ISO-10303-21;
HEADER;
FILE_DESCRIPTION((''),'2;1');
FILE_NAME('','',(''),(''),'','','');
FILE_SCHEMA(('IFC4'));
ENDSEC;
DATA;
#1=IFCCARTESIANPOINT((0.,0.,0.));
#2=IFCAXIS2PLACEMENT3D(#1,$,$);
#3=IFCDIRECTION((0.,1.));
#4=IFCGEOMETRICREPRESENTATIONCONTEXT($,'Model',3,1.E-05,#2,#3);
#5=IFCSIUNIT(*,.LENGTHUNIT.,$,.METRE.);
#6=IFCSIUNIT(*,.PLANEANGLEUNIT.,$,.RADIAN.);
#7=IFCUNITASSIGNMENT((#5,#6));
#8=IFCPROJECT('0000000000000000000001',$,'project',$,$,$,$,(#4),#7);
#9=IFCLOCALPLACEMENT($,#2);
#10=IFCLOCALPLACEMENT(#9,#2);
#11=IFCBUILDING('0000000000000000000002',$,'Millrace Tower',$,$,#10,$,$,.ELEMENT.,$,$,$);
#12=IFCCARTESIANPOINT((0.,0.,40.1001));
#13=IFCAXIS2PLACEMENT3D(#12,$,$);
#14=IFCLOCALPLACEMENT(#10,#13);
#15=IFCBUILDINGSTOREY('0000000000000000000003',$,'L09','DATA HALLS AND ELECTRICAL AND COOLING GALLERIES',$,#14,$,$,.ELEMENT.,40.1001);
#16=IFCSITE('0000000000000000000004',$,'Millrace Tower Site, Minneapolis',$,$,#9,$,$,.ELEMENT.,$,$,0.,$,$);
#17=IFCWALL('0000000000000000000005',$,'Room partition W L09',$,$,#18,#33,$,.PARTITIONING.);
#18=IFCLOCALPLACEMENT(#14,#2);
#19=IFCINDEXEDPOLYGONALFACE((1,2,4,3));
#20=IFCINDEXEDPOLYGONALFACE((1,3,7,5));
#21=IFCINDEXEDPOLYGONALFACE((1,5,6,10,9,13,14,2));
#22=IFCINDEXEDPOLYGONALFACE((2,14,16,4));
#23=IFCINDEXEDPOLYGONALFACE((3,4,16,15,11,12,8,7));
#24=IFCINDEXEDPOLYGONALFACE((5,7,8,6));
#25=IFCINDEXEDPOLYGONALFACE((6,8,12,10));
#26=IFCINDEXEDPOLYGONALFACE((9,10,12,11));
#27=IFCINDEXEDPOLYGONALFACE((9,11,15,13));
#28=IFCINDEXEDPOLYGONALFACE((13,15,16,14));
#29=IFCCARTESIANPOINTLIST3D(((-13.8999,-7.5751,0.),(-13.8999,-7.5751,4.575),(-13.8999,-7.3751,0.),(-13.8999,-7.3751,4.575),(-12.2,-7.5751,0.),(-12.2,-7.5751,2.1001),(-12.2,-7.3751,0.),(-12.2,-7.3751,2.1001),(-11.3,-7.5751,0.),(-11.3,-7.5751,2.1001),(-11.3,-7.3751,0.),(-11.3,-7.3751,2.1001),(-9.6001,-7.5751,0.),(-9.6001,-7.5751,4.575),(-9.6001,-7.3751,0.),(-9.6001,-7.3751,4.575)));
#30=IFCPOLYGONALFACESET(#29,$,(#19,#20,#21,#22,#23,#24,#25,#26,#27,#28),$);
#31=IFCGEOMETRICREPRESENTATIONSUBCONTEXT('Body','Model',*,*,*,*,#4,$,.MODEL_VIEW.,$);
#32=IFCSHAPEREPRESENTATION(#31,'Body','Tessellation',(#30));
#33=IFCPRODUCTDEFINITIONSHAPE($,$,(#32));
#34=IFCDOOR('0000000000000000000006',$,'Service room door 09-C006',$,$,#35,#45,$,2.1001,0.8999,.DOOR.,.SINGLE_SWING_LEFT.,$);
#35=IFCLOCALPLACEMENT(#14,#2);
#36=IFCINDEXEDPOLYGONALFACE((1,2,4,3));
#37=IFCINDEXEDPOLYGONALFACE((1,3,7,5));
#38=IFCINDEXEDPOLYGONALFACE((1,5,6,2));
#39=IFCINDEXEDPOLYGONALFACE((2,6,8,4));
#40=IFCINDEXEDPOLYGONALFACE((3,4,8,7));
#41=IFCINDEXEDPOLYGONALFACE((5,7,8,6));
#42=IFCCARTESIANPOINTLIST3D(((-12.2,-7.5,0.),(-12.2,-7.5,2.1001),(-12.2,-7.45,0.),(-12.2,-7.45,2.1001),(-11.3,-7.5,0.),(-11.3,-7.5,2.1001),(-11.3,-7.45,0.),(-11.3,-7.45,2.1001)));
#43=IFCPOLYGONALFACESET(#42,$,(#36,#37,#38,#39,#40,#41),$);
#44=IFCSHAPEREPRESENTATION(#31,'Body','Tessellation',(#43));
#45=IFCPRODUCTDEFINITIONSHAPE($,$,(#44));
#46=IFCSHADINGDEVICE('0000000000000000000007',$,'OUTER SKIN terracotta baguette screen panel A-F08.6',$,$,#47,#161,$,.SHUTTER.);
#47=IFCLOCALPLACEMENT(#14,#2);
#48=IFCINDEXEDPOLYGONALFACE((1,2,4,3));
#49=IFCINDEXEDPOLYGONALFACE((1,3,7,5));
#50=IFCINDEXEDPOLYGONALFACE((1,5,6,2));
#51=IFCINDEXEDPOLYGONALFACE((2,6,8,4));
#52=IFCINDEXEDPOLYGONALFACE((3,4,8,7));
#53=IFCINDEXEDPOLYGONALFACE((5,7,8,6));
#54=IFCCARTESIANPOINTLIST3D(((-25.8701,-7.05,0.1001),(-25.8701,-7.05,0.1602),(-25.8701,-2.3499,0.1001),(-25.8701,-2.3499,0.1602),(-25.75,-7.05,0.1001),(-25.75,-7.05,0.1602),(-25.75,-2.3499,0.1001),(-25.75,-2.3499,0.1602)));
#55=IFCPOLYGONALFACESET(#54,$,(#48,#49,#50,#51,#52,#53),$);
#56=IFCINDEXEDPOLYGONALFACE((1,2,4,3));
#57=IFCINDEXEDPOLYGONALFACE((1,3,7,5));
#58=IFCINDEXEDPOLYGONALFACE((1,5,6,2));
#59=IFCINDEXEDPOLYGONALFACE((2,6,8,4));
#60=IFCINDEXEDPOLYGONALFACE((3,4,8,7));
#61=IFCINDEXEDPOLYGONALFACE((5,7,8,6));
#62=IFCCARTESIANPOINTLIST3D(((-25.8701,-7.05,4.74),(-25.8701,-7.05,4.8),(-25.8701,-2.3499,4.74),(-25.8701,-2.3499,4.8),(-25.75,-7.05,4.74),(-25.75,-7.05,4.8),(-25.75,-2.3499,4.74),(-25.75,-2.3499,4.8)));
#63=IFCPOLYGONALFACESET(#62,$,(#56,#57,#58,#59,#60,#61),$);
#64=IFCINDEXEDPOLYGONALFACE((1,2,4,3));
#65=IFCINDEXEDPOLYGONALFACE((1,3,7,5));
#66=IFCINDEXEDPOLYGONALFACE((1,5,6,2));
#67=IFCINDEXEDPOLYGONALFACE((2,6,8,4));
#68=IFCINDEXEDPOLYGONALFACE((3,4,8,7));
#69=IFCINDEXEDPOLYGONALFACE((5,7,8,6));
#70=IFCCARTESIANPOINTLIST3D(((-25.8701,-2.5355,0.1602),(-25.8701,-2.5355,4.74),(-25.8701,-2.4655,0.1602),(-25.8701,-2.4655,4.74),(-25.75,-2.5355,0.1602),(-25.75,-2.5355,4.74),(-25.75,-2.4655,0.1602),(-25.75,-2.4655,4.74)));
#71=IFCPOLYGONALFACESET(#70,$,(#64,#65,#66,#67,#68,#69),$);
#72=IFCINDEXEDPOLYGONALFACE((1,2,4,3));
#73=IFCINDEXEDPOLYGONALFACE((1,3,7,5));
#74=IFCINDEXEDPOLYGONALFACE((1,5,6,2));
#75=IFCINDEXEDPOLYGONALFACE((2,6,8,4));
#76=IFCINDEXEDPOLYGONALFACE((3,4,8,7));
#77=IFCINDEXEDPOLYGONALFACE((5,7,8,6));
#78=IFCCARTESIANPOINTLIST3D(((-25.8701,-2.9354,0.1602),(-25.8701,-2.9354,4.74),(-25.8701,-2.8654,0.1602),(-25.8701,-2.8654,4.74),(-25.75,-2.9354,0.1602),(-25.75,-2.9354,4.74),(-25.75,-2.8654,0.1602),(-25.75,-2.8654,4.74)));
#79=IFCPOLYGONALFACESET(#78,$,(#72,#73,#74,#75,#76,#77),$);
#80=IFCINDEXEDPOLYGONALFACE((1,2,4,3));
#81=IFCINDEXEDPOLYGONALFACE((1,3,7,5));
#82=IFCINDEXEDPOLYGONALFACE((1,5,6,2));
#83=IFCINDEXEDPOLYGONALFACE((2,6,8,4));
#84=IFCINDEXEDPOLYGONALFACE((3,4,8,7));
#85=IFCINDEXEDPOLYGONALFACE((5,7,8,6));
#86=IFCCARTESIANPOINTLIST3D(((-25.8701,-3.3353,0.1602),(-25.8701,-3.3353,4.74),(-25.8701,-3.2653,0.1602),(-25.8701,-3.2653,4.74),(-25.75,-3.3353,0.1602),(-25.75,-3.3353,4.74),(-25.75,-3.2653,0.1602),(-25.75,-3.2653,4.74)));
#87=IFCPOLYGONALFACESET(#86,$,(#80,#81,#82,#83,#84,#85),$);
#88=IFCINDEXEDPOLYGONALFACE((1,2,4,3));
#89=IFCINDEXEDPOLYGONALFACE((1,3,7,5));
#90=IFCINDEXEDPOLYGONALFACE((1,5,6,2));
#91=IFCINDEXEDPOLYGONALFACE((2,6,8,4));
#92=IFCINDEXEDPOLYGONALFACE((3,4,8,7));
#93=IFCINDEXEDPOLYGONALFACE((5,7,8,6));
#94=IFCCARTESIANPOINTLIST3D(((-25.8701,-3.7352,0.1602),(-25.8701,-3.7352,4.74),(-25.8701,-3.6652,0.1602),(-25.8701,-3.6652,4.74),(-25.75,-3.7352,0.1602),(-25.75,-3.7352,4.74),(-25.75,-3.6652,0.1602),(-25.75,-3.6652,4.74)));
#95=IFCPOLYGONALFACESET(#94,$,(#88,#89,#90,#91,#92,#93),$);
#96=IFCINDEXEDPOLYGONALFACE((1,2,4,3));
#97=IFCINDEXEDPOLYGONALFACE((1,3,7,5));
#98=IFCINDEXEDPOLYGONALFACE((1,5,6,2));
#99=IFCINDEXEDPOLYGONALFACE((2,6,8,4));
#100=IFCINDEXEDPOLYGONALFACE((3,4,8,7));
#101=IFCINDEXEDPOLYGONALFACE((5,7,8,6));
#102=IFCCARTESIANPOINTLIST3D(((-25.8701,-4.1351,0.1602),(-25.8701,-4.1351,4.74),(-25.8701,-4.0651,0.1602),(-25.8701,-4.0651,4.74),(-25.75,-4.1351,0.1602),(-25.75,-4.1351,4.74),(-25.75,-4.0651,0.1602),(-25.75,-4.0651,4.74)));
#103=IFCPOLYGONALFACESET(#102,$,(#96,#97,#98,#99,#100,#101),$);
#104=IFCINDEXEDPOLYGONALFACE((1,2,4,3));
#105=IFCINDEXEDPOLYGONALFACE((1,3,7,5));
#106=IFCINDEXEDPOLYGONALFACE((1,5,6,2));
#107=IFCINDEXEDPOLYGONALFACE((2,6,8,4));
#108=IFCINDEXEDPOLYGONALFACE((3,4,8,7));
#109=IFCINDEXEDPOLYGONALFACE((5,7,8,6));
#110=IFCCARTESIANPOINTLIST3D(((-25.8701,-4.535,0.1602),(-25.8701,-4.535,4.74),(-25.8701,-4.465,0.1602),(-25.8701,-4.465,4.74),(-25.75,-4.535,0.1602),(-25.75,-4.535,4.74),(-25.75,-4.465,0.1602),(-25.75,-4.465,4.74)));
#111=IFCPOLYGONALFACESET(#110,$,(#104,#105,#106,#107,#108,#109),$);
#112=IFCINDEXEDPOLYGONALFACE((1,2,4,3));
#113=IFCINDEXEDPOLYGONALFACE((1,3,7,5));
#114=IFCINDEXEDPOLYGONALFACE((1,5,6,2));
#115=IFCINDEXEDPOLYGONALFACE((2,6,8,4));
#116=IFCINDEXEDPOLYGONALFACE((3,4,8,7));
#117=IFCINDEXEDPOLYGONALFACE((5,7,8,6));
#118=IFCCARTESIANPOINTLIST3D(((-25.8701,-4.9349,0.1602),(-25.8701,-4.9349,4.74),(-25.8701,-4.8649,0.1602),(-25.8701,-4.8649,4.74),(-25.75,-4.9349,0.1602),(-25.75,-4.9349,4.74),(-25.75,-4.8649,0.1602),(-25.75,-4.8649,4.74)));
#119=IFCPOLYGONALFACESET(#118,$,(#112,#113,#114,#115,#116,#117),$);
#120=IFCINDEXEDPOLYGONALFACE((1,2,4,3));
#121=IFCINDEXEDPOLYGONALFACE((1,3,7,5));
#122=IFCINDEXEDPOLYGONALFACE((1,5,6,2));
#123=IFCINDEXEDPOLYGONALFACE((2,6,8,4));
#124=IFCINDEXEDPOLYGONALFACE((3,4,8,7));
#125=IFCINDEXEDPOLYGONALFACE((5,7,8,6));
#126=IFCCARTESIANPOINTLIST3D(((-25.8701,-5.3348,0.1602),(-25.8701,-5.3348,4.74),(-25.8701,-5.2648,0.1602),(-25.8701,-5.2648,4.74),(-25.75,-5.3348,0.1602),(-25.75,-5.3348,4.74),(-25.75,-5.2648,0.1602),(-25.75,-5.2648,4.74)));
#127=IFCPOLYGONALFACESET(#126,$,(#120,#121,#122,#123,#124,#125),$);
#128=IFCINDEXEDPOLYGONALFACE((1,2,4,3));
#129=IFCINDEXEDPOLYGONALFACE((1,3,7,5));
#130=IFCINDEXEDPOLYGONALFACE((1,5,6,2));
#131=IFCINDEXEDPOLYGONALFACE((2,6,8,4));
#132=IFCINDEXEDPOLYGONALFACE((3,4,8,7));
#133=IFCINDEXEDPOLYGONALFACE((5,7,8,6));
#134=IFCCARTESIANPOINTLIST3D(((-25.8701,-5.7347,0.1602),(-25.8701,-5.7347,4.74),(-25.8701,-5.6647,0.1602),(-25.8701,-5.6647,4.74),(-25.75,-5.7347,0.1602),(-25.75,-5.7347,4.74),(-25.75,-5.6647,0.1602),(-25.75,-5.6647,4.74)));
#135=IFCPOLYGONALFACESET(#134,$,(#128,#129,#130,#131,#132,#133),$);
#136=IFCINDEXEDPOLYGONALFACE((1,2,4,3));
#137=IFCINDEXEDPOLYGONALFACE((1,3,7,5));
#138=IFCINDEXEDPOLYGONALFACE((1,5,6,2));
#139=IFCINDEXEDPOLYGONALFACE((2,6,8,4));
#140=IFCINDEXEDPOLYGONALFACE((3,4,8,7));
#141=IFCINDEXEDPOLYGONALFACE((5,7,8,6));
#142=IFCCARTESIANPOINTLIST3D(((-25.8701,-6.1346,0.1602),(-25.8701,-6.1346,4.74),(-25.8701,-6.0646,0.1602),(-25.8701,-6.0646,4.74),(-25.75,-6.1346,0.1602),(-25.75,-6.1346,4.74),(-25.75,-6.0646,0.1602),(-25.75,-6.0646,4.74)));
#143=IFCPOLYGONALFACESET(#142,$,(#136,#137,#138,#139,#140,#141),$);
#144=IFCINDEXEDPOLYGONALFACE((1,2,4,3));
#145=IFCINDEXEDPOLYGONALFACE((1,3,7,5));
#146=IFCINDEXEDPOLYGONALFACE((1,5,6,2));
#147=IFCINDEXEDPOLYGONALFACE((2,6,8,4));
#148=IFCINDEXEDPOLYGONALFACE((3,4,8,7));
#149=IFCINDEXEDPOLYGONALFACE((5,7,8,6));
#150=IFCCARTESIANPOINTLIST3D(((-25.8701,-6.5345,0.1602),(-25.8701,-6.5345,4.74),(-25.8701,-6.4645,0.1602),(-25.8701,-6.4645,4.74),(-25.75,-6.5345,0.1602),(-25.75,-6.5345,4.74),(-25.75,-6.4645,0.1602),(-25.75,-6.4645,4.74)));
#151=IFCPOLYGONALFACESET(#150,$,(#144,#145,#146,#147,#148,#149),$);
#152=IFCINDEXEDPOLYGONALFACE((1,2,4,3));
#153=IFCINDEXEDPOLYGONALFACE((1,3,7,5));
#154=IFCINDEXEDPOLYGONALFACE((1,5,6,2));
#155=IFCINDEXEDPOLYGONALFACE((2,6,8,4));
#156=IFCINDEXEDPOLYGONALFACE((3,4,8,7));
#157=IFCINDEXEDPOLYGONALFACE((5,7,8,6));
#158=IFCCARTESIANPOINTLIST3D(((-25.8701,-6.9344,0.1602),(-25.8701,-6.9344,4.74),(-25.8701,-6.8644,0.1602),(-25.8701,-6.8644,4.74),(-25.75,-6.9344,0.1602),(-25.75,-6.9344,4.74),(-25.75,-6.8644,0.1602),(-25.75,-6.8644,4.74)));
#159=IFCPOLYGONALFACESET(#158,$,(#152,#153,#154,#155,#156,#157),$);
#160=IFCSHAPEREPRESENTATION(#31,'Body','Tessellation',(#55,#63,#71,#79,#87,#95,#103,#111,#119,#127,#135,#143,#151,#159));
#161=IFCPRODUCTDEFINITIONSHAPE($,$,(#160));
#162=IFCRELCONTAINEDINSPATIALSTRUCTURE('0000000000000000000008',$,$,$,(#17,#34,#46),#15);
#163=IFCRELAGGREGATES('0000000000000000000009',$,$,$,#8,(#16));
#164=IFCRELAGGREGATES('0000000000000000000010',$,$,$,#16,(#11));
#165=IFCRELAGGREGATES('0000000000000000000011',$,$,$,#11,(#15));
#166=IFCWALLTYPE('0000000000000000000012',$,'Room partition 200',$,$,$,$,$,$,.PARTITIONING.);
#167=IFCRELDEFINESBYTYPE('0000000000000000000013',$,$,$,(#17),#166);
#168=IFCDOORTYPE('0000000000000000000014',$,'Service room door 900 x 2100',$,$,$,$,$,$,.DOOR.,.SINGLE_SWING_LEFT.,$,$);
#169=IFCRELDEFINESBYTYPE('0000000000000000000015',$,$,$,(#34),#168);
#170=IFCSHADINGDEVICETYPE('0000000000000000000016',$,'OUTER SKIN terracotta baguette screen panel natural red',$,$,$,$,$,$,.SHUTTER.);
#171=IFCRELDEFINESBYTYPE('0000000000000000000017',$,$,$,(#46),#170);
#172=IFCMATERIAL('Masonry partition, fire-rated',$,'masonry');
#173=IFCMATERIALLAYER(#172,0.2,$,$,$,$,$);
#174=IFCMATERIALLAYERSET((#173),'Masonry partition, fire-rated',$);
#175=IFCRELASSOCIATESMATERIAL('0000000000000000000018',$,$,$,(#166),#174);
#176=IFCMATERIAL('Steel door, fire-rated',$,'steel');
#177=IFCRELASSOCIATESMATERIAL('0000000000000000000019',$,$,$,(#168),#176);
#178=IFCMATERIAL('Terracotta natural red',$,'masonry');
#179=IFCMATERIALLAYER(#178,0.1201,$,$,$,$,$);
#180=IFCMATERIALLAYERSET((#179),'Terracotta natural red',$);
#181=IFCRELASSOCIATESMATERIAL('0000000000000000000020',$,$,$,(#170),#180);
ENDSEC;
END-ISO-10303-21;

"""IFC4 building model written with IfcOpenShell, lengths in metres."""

from ifc_helpers import new_model, entity, si_unit, direction, frame, frame_2d, origin, place, context, subcontext, project, spatial, rectangle, extrude, source, transform, mapped, material, layer, layer_set, type_object, element, fill, save


model = new_model("IFC4")

# Units and contexts
model_context = context("Model", 3, precision=1e-05, world=origin(), true_north=direction((0.0, 1.0)))
body_context = subcontext(model_context, "Body", "Model", "MODEL_VIEW")
ifc_project = project(units=[si_unit("LENGTHUNIT", "METRE"), si_unit("PLANEANGLEUNIT", "RADIAN")], contexts=[model_context])

# Site, building, storey
site_placement = place(None, origin())
site = spatial("IfcSite", under=ifc_project, at=site_placement, Name="Millrace Tower Site, Minneapolis", CompositionType="ELEMENT", RefElevation=0.0)
building_placement = place(site_placement, origin())
building = spatial("IfcBuilding", under=site, at=building_placement, Name="Millrace Tower", CompositionType="ELEMENT")
storey_placement = place(building_placement, frame((0.0, 0.0, 40.1001)))
storey = spatial("IfcBuildingStorey", under=building, at=storey_placement, Name="L09", Description="DATA HALLS AND ELECTRICAL AND COOLING GALLERIES", CompositionType="ELEMENT", Elevation=40.1001)

# Wall, opening, door
ifc_material_1 = material(Name="Masonry partition, fire-rated", Category="masonry")
ifc_layer_1 = layer(ifc_material_1, 0.2)
ifc_layer_set_1 = layer_set([ifc_layer_1], Name="Masonry partition, fire-rated")
wall_type_1 = type_object("IfcWallType", Name="Room partition 200", PredefinedType="PARTITIONING", material=ifc_layer_set_1)
wall_1_placement = place(storey_placement, frame((-13.8999, -7.4751, 0.0), z_axis=(0.0, 0.0, 1.0), x_axis=(1.0, 0.0, 0.0)))
wall_1 = element("IfcWall", 1, at=wall_1_placement, inside=storey, type_object=wall_type_1, Name="Room partition W L09", PredefinedType="PARTITIONING", context=body_context, shape_type="SweptSolid", body=[
    extrude(rectangle(XDim=4.2998, YDim=0.2, at=frame_2d((2.1499, 0.0))), origin(), (0.0, 0.0, 1.0), 4.575),
])
opening_1_placement = place(wall_1_placement, frame((1.7, 0.0, 0.0)))
opening_1 = element("IfcOpeningElement", 2, at=opening_1_placement, cuts=wall_1, PredefinedType="OPENING", context=body_context, shape_type="SweptSolid", body=[
    extrude(rectangle(XDim=0.8999, YDim=2.1001, at=frame_2d((0.45, 1.05))), frame((0.0, 0.1099, 0.0), z_axis=(0.0, -1.0, 0.0), x_axis=(1.0, 0.0, 0.0)), (0.0, 0.0, 1.0), 0.22),
])
ifc_material_2 = material(Name="Steel door, fire-rated", Category="steel")
door_type_1 = type_object("IfcDoorType", Name="Service room door 900 x 2100", OperationType="SINGLE_SWING_LEFT", PredefinedType="DOOR", material=ifc_material_2)
door_1_placement = place(opening_1_placement, frame((0.8999, 0.0, 0.0), z_axis=(0.0, 0.0, 1.0), x_axis=(-1.0, 0.0, 0.0)))
door_1 = element("IfcDoor", 3, at=door_1_placement, inside=storey, type_object=door_type_1, Name="Service room door 09-C006", OperationType="SINGLE_SWING_LEFT", OverallHeight=2.1001, OverallWidth=0.8999, PredefinedType="DOOR", context=body_context, shape_type="SweptSolid", body=[
    extrude(rectangle(XDim=0.8999, YDim=2.1001, at=frame_2d((0.45, 1.05))), frame((0.0, 0.0249, 0.0), z_axis=(0.0, -1.0, 0.0), x_axis=(1.0, 0.0, 0.0)), (0.0, 0.0, 1.0), 0.05),
])
fill(opening_1, door_1)

# Shading device
cartesian_point = entity("IfcCartesianPoint", [-2.3501, 0.0601])
shared_polyline = entity("IfcPolyline", [cartesian_point, entity("IfcCartesianPoint", [2.3501, 0.0601]), entity("IfcCartesianPoint", [2.3501, -0.0601]), entity("IfcCartesianPoint", [-2.3501, -0.0601]), cartesian_point])
ifc_material_3 = material(Name="Terracotta natural red", Category="masonry")
ifc_layer_2 = layer(ifc_material_3, 0.1201)
ifc_layer_set_2 = layer_set([ifc_layer_2], Name="Terracotta natural red")
shading_device_type_1 = type_object("IfcShadingDeviceType", Name="OUTER SKIN terracotta baguette screen panel natural red", PredefinedType="SHUTTER", material=ifc_layer_set_2)
shared_shape_1 = source(origin(), body_context, "Body", "SweptSolid", [
    entity("IfcExtrudedAreaSolid", entity("IfcArbitraryClosedProfileDef", "AREA", None, shared_polyline), entity("IfcAxis2Placement3D", entity("IfcCartesianPoint", [0.0, 0.0, 0.0])), entity("IfcDirection", [0.0, 0.0, 1.0]), 0.0601),
    entity("IfcExtrudedAreaSolid", entity("IfcArbitraryClosedProfileDef", "AREA", None, shared_polyline), entity("IfcAxis2Placement3D", entity("IfcCartesianPoint", [0.0, 0.0, 4.6399])), entity("IfcDirection", [0.0, 0.0, 1.0]), 0.0601),
    extrude(rectangle(XDim=0.0701, YDim=0.1201, at=frame_2d((-2.1995, 0.0))), frame((0.0, 0.0, 0.0601)), (0.0, 0.0, 1.0), 4.5798),
    extrude(rectangle(XDim=0.0701, YDim=0.1201, at=frame_2d((-1.7996, 0.0))), frame((0.0, 0.0, 0.0601)), (0.0, 0.0, 1.0), 4.5798),
    extrude(rectangle(XDim=0.0701, YDim=0.1201, at=frame_2d((-1.3997, 0.0))), frame((0.0, 0.0, 0.0601)), (0.0, 0.0, 1.0), 4.5798),
    extrude(rectangle(XDim=0.0701, YDim=0.1201, at=frame_2d((-0.9998, 0.0))), frame((0.0, 0.0, 0.0601)), (0.0, 0.0, 1.0), 4.5798),
    extrude(rectangle(XDim=0.0701, YDim=0.1201, at=frame_2d((-0.5999, 0.0))), frame((0.0, 0.0, 0.0601)), (0.0, 0.0, 1.0), 4.5798),
    extrude(rectangle(XDim=0.0701, YDim=0.1201, at=frame_2d((-0.2, 0.0))), frame((0.0, 0.0, 0.0601)), (0.0, 0.0, 1.0), 4.5798),
    extrude(rectangle(XDim=0.0701, YDim=0.1201, at=frame_2d((0.2, 0.0))), frame((0.0, 0.0, 0.0601)), (0.0, 0.0, 1.0), 4.5798),
    extrude(rectangle(XDim=0.0701, YDim=0.1201, at=frame_2d((0.5999, 0.0))), frame((0.0, 0.0, 0.0601)), (0.0, 0.0, 1.0), 4.5798),
    extrude(rectangle(XDim=0.0701, YDim=0.1201, at=frame_2d((0.9998, 0.0))), frame((0.0, 0.0, 0.0601)), (0.0, 0.0, 1.0), 4.5798),
    extrude(rectangle(XDim=0.0701, YDim=0.1201, at=frame_2d((1.3997, 0.0))), frame((0.0, 0.0, 0.0601)), (0.0, 0.0, 1.0), 4.5798),
    extrude(rectangle(XDim=0.0701, YDim=0.1201, at=frame_2d((1.7996, 0.0))), frame((0.0, 0.0, 0.0601)), (0.0, 0.0, 1.0), 4.5798),
    extrude(rectangle(XDim=0.0701, YDim=0.1201, at=frame_2d((2.1995, 0.0))), frame((0.0, 0.0, 0.0601)), (0.0, 0.0, 1.0), 4.5798),
])
for number, where, z_axis, x_axis, name in (
    (4, (-25.8101, -4.7, 0.1001), (0.0, 0.0, 1.0), (0.0, -1.0, 0.0), "OUTER SKIN terracotta baguette screen panel A-F08.6"),
):
    element("IfcShadingDevice", number, at=place(storey_placement, frame(where, z_axis=z_axis, x_axis=x_axis)), inside=storey, type_object=shading_device_type_1, Name=name, PredefinedType="SHUTTER", context=body_context, shape_type="MappedRepresentation", body=[
        mapped(shared_shape_1, transform((0.0, 0.0, 0.0), scale=1.0)),
    ])

save(model, "model.ifc")
